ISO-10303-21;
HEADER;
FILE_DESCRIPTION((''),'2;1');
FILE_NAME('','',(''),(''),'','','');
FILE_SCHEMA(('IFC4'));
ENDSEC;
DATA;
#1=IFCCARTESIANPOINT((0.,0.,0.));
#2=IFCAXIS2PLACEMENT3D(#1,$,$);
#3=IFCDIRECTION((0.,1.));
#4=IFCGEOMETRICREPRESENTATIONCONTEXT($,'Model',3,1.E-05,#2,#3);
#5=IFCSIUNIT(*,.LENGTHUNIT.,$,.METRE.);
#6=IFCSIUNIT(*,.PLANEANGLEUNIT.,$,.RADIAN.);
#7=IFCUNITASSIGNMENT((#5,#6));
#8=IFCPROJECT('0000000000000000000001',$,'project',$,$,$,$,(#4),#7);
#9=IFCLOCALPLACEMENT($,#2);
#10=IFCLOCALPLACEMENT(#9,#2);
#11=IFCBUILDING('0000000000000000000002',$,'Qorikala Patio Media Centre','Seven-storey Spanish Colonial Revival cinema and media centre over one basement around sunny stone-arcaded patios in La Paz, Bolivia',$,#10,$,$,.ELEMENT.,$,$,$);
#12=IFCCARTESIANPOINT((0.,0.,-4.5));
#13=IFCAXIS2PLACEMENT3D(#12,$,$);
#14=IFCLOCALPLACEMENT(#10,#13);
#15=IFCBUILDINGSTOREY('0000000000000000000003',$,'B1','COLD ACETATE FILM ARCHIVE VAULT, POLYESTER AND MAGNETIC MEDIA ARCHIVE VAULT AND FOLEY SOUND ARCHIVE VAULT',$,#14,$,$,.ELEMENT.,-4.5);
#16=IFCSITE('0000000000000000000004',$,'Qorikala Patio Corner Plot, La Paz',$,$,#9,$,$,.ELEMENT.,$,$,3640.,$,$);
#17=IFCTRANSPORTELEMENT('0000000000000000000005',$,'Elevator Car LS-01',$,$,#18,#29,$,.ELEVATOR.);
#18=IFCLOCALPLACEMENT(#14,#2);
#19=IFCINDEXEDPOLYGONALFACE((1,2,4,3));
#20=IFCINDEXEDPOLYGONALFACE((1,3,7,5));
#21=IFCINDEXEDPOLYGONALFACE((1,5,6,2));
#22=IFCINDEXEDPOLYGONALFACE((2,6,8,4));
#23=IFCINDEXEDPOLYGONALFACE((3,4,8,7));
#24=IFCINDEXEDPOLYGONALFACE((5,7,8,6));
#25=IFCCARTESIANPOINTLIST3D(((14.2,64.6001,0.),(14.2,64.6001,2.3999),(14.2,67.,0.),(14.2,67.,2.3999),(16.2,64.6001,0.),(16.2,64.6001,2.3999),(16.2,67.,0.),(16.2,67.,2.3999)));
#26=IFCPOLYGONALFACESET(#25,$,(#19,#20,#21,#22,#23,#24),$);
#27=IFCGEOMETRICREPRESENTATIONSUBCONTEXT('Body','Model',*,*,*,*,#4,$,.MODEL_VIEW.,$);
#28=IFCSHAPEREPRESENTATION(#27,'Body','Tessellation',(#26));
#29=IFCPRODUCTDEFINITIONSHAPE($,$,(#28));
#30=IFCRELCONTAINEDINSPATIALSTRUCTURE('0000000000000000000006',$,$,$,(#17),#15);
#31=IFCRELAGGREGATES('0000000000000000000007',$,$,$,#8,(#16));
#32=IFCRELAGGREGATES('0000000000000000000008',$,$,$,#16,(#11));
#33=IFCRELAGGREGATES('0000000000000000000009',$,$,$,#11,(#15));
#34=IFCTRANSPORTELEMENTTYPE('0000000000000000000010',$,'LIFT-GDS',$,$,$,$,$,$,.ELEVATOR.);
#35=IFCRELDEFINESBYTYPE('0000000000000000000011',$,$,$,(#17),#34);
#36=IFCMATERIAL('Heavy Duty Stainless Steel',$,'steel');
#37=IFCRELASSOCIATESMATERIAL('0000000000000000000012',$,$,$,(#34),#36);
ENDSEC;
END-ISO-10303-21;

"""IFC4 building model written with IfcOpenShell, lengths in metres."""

from ifc_helpers import new_model, si_unit, direction, frame, origin, origin_2d, place, context, subcontext, project, spatial, rectangle, extrude, material, type_object, element, save


model = new_model("IFC4")

# Units and contexts
model_context = context("Model", 3, precision=1e-05, world=origin(), true_north=direction((0.0, 1.0)))
body_context = subcontext(model_context, "Body", "Model", "MODEL_VIEW")
ifc_project = project(units=[si_unit("LENGTHUNIT", "METRE"), si_unit("PLANEANGLEUNIT", "RADIAN")], contexts=[model_context])

# Site, building, storey
site_placement = place(None, origin())
site = spatial("IfcSite", under=ifc_project, at=site_placement, Name="Qorikala Patio Corner Plot, La Paz", CompositionType="ELEMENT", RefElevation=3640.0)
building_placement = place(site_placement, origin())
building = spatial("IfcBuilding", under=site, at=building_placement, Name="Qorikala Patio Media Centre", Description="Seven-storey Spanish Colonial Revival cinema and media centre over one basement around sunny stone-arcaded patios in La Paz, Bolivia", CompositionType="ELEMENT")
storey_placement = place(building_placement, frame((0.0, 0.0, -4.5)))
storey = spatial("IfcBuildingStorey", under=building, at=storey_placement, Name="B1", Description="COLD ACETATE FILM ARCHIVE VAULT, POLYESTER AND MAGNETIC MEDIA ARCHIVE VAULT AND FOLEY SOUND ARCHIVE VAULT", CompositionType="ELEMENT", Elevation=-4.5)

# Transport element
ifc_material_1 = material(Name="Heavy Duty Stainless Steel", Category="steel")
transport_element_type = type_object("IfcTransportElementType", Name="LIFT-GDS", PredefinedType="ELEVATOR", material=ifc_material_1)
transport_element_placement = place(storey_placement, frame((15.2, 65.8, 0.0), z_axis=(0.0, 0.0, 1.0), x_axis=(1.0, 0.0, 0.0)))
element("IfcTransportElement", 1, at=transport_element_placement, inside=storey, type_object=transport_element_type, Name="Elevator Car LS-01", PredefinedType="ELEVATOR", context=body_context, shape_type="SweptSolid", body=[
    extrude(rectangle(XDim=2.0, YDim=2.3999, at=origin_2d()), origin(), (0.0, 0.0, 1.0), 2.3999),
])

save(model, "model.ifc")
